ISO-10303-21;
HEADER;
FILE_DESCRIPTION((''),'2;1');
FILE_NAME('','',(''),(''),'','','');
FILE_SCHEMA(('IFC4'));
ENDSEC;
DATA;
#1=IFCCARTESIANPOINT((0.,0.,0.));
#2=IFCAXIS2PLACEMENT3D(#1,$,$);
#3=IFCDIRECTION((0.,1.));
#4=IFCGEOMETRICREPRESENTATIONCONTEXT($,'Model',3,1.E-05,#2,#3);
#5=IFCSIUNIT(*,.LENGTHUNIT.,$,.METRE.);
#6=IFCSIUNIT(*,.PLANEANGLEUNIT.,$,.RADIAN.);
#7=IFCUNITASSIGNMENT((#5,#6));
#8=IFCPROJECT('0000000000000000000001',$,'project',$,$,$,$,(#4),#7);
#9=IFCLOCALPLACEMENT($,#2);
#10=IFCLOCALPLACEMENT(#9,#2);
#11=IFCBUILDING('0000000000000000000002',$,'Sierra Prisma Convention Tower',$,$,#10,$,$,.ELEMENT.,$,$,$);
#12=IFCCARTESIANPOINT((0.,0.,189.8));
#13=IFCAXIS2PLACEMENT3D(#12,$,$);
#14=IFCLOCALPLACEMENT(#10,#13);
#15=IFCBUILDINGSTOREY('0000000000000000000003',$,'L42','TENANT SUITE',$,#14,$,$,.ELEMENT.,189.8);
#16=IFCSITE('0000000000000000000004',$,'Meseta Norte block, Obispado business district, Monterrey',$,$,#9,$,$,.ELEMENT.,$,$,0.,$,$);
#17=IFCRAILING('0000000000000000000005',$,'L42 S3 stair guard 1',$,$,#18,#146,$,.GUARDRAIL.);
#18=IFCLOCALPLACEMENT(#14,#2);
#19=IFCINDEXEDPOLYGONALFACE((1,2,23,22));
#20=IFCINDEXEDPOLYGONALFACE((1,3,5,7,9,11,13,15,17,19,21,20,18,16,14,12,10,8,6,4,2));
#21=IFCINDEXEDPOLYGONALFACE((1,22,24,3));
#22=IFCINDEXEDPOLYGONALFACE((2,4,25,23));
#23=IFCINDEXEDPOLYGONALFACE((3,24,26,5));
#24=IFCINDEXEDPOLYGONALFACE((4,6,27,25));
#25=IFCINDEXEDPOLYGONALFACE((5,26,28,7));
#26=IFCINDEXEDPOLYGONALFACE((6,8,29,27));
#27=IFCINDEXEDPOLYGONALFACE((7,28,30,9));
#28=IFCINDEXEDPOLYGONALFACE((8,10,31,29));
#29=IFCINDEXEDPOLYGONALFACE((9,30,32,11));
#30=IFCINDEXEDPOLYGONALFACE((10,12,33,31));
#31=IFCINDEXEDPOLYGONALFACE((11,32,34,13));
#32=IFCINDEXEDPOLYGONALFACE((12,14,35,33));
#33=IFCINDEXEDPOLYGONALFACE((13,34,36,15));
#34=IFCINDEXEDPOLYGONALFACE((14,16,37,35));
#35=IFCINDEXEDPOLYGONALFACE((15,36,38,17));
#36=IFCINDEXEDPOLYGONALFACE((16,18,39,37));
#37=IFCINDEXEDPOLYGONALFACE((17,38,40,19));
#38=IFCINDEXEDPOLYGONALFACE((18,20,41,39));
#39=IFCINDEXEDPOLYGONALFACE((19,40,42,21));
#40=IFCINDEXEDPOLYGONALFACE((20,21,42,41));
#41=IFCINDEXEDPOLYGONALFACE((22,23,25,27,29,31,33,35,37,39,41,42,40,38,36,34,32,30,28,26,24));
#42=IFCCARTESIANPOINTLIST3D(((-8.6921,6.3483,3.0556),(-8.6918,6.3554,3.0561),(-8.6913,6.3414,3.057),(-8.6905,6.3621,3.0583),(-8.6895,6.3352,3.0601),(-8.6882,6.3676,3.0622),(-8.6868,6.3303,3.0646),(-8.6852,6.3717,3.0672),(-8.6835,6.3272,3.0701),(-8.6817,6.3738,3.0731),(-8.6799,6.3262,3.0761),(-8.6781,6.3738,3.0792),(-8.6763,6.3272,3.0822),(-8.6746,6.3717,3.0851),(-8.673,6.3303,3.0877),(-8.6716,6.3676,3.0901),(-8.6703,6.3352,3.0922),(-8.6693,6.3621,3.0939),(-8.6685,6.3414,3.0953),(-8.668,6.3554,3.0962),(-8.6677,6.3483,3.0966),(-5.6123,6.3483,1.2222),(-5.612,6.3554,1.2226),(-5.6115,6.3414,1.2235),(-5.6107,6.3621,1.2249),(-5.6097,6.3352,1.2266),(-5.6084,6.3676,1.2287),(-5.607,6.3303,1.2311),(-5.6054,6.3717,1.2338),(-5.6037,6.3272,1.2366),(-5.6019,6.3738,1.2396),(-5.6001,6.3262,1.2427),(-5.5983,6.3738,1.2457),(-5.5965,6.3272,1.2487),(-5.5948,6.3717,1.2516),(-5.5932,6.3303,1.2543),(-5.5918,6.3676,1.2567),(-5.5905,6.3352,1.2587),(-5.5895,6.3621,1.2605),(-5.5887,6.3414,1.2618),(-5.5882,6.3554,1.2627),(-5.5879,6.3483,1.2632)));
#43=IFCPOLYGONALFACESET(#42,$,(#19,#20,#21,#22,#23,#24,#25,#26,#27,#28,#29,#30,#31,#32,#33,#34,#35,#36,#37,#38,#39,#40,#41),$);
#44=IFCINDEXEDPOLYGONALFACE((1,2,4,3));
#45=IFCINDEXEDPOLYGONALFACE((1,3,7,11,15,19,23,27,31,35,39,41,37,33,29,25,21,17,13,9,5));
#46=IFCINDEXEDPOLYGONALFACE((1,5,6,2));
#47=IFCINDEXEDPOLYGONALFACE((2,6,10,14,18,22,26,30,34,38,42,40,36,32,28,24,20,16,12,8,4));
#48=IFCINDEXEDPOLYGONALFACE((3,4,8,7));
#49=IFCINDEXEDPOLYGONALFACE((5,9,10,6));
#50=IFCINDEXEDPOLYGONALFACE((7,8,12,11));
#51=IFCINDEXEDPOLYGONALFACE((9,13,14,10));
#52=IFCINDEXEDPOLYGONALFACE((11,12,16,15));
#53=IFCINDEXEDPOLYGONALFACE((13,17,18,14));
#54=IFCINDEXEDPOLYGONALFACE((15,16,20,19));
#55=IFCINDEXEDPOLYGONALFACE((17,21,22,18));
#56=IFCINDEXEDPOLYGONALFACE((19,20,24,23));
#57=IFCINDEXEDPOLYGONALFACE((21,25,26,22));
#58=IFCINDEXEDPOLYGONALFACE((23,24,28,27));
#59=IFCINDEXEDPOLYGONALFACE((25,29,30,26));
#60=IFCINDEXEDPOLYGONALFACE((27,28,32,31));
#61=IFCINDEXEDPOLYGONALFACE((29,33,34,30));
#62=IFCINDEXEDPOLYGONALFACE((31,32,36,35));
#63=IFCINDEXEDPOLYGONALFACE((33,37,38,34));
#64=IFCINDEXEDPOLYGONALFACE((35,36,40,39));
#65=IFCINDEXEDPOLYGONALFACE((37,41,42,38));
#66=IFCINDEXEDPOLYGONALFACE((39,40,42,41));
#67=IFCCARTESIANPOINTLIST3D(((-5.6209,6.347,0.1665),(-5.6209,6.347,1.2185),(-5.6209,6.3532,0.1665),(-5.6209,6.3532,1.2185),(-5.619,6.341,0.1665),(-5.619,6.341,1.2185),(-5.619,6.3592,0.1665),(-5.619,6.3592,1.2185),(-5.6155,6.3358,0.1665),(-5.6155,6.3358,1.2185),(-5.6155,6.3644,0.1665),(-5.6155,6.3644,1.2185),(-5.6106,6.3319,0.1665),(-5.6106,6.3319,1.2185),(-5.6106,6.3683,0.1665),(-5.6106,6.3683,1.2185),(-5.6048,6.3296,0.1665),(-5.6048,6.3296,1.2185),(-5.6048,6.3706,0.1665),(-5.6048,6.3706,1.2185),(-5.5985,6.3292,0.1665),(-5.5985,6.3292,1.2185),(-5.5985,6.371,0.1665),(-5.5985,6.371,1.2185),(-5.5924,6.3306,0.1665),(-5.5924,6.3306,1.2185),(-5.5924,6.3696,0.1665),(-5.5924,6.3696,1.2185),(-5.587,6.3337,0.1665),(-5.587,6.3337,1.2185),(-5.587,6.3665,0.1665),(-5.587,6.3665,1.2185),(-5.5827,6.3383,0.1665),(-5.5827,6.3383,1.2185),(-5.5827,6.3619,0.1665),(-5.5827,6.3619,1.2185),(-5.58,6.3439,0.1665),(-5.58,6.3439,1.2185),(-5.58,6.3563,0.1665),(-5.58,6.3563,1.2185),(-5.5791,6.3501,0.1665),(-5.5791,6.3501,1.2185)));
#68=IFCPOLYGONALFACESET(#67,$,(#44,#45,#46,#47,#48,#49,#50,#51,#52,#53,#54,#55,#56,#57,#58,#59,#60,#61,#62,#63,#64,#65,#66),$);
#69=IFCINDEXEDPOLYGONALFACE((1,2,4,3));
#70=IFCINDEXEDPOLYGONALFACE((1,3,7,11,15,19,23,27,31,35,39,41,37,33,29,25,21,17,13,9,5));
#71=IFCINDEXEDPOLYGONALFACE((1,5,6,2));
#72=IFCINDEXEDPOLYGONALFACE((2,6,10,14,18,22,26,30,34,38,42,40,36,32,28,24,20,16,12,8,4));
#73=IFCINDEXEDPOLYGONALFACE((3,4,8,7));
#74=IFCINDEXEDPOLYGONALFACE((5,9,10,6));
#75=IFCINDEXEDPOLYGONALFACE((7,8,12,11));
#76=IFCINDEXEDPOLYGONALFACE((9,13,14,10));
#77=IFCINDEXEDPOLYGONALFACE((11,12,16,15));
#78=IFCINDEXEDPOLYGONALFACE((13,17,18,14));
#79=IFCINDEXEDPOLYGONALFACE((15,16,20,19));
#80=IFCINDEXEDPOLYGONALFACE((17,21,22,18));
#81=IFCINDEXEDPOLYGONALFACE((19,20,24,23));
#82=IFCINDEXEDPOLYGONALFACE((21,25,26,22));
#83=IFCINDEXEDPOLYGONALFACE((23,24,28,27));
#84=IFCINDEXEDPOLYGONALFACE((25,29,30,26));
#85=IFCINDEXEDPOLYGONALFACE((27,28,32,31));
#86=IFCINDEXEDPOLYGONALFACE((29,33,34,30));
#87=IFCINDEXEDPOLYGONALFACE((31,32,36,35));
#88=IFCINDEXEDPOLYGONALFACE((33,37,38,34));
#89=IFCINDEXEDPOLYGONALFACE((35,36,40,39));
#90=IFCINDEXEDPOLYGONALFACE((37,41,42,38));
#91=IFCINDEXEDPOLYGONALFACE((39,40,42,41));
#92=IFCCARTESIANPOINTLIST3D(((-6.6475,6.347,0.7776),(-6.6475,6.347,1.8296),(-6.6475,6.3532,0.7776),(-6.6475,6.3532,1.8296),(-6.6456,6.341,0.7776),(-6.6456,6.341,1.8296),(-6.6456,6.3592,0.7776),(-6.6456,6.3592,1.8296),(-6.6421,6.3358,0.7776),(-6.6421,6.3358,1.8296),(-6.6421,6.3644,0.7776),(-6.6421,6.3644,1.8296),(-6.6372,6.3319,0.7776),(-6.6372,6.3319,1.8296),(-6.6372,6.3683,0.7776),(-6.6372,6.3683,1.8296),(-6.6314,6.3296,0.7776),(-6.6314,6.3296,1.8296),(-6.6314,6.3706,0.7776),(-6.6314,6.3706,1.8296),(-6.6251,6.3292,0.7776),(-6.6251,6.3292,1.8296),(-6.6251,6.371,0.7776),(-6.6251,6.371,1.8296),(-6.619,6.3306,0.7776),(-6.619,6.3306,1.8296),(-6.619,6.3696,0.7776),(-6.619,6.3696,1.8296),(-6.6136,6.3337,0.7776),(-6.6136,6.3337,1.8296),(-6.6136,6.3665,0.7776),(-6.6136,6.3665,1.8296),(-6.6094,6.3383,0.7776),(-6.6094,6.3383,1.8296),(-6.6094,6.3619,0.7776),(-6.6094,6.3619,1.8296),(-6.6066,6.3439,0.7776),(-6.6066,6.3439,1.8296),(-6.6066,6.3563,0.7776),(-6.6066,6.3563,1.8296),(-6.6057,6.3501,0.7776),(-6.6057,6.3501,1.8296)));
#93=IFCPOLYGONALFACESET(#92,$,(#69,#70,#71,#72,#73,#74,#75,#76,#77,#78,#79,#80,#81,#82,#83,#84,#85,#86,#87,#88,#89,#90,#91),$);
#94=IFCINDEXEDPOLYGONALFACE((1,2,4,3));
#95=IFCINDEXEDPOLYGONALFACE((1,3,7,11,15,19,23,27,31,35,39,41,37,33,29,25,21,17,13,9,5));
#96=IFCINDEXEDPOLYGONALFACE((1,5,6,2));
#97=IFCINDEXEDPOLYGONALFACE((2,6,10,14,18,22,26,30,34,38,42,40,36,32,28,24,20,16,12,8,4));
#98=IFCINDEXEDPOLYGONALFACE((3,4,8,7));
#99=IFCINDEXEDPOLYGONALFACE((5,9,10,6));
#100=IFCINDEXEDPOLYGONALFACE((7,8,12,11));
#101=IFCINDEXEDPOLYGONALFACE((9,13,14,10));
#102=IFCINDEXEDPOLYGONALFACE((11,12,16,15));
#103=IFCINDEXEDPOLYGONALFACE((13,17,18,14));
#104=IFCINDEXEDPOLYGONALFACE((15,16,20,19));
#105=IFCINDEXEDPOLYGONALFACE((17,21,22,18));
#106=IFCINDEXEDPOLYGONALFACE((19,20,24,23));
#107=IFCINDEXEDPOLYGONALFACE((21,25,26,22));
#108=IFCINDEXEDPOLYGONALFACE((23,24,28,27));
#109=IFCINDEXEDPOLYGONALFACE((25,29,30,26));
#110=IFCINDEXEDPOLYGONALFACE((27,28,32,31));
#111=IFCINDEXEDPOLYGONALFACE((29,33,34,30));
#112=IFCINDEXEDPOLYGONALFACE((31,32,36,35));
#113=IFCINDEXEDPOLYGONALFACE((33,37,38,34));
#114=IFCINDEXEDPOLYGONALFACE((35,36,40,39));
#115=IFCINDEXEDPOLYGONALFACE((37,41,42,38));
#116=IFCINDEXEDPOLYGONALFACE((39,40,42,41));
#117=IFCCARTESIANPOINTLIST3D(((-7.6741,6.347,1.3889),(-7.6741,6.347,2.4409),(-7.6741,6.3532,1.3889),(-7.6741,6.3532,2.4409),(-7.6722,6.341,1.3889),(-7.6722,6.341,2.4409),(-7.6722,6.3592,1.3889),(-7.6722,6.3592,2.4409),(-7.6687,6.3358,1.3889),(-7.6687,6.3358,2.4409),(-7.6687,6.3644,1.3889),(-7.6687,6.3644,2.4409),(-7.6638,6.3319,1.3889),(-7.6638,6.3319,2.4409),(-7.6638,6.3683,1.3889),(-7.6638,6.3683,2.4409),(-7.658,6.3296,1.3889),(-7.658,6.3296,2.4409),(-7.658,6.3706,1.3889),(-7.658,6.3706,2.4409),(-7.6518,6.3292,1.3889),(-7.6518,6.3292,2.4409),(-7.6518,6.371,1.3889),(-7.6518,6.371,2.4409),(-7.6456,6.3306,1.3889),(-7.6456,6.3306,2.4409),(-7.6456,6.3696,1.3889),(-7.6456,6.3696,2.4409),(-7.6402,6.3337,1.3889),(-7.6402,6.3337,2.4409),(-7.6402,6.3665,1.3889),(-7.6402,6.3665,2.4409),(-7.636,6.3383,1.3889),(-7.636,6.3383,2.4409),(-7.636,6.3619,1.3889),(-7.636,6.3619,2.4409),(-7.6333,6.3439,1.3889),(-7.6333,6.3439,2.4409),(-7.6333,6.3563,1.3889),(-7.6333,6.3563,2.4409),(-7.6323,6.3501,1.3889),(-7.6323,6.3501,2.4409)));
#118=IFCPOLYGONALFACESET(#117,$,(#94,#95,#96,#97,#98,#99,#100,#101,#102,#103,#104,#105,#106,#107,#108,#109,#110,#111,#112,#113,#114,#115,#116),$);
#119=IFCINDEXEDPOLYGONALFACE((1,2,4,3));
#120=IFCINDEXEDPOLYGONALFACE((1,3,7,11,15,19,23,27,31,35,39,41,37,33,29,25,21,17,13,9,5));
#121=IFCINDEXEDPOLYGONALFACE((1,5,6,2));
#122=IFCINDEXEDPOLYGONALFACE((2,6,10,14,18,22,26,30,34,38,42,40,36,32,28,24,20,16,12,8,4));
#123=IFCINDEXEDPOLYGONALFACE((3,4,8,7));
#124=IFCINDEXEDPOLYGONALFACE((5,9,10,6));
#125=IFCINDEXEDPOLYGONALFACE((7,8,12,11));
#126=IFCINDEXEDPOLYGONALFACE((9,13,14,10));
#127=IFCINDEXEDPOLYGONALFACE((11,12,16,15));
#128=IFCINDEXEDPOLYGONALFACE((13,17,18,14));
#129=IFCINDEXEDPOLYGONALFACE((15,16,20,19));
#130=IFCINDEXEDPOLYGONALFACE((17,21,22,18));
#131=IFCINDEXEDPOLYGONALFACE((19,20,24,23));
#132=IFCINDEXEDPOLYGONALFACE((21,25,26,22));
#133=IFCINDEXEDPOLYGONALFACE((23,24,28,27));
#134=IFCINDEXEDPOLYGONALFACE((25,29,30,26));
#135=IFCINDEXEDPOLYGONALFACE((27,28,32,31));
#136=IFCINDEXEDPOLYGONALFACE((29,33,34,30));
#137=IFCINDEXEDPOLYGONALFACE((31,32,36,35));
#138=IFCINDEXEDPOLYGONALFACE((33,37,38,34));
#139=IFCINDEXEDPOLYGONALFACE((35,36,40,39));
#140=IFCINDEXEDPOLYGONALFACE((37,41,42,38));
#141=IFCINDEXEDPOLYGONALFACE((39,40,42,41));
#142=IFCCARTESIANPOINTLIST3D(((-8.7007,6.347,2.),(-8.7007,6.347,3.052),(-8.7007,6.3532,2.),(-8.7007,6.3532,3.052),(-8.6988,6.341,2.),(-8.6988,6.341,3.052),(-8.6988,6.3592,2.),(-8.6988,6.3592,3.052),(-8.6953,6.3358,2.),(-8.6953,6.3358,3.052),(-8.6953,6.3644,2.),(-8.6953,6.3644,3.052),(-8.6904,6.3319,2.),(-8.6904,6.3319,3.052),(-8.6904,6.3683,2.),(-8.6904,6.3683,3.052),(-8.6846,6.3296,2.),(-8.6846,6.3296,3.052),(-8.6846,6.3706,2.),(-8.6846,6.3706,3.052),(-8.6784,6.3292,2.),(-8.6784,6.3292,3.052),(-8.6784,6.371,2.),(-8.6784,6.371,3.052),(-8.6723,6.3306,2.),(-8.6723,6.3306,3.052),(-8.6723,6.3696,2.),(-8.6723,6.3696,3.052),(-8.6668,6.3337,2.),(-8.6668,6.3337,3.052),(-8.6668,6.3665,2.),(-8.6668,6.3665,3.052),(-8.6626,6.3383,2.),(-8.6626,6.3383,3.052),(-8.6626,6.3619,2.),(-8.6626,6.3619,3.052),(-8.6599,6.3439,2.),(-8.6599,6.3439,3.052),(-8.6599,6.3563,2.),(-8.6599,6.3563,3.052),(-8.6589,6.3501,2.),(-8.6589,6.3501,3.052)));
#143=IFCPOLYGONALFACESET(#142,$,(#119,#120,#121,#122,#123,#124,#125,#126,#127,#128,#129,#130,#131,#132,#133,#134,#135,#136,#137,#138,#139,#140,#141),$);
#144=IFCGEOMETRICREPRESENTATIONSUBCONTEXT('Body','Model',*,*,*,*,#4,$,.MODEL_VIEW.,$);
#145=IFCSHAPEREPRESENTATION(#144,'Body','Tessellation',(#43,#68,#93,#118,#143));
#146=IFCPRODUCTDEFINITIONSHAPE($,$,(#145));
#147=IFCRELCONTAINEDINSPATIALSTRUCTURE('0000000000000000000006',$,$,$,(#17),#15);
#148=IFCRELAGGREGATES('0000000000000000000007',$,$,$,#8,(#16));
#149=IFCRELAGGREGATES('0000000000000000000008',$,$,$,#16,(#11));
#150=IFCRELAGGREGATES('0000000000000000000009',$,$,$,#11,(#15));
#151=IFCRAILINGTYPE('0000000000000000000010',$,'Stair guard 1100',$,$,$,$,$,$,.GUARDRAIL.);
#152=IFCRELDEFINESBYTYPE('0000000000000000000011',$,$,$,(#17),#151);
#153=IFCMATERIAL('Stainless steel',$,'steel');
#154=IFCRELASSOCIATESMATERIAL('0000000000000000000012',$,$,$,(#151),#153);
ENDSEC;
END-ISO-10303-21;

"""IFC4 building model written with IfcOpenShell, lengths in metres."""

from ifc_helpers import new_model, si_unit, direction, frame, origin, origin_2d, place, context, subcontext, project, spatial, circle, extrude, material, type_object, element, save


model = new_model("IFC4")

# Units and contexts
model_context = context("Model", 3, precision=1e-05, world=origin(), true_north=direction((0.0, 1.0)))
body_context = subcontext(model_context, "Body", "Model", "MODEL_VIEW")
ifc_project = project(units=[si_unit("LENGTHUNIT", "METRE"), si_unit("PLANEANGLEUNIT", "RADIAN")], contexts=[model_context])

# Site, building, storey
site_placement = place(None, origin())
site = spatial("IfcSite", under=ifc_project, at=site_placement, Name="Meseta Norte block, Obispado business district, Monterrey", CompositionType="ELEMENT", RefElevation=0.0)
building_placement = place(site_placement, origin())
building = spatial("IfcBuilding", under=site, at=building_placement, Name="Sierra Prisma Convention Tower", CompositionType="ELEMENT")
storey_placement = place(building_placement, frame((0.0, 0.0, 189.8)))
storey = spatial("IfcBuildingStorey", under=building, at=storey_placement, Name="L42", Description="TENANT SUITE", CompositionType="ELEMENT", Elevation=189.8)

# Railing
ifc_material_1 = material(Name="Stainless steel", Category="steel")
railing_type_1 = type_object("IfcRailingType", Name="Stair guard 1100", PredefinedType="GUARDRAIL", material=ifc_material_1)
railing_1_placement = place(storey_placement, frame((-5.6001, 6.3501, 0.1665)))
element("IfcRailing", 1, at=railing_1_placement, inside=storey, type_object=railing_type_1, Name="L42 S3 stair guard 1", PredefinedType="GUARDRAIL", context=body_context, shape_type="SweptSolid", body=[
    extrude(circle(Radius=0.0239, at=origin_2d()), frame((0.0, 0.0, 1.0762), z_axis=(-0.859261, 0.0, 0.511538), x_axis=(0.0, -1.0, 0.0)), (0.0, 0.0, 1.0), 3.5842),
    extrude(circle(Radius=0.021, at=origin_2d()), origin(), (0.0, 0.0, 1.0), 1.052),
    extrude(circle(Radius=0.021, at=origin_2d()), frame((-1.0266, 0.0, 0.6111)), (0.0, 0.0, 1.0), 1.052),
    extrude(circle(Radius=0.021, at=origin_2d()), frame((-2.0532, 0.0, 1.2224)), (0.0, 0.0, 1.0), 1.052),
    extrude(circle(Radius=0.021, at=origin_2d()), frame((-3.0798, 0.0, 1.8335)), (0.0, 0.0, 1.0), 1.052),
])

save(model, "model.ifc")
